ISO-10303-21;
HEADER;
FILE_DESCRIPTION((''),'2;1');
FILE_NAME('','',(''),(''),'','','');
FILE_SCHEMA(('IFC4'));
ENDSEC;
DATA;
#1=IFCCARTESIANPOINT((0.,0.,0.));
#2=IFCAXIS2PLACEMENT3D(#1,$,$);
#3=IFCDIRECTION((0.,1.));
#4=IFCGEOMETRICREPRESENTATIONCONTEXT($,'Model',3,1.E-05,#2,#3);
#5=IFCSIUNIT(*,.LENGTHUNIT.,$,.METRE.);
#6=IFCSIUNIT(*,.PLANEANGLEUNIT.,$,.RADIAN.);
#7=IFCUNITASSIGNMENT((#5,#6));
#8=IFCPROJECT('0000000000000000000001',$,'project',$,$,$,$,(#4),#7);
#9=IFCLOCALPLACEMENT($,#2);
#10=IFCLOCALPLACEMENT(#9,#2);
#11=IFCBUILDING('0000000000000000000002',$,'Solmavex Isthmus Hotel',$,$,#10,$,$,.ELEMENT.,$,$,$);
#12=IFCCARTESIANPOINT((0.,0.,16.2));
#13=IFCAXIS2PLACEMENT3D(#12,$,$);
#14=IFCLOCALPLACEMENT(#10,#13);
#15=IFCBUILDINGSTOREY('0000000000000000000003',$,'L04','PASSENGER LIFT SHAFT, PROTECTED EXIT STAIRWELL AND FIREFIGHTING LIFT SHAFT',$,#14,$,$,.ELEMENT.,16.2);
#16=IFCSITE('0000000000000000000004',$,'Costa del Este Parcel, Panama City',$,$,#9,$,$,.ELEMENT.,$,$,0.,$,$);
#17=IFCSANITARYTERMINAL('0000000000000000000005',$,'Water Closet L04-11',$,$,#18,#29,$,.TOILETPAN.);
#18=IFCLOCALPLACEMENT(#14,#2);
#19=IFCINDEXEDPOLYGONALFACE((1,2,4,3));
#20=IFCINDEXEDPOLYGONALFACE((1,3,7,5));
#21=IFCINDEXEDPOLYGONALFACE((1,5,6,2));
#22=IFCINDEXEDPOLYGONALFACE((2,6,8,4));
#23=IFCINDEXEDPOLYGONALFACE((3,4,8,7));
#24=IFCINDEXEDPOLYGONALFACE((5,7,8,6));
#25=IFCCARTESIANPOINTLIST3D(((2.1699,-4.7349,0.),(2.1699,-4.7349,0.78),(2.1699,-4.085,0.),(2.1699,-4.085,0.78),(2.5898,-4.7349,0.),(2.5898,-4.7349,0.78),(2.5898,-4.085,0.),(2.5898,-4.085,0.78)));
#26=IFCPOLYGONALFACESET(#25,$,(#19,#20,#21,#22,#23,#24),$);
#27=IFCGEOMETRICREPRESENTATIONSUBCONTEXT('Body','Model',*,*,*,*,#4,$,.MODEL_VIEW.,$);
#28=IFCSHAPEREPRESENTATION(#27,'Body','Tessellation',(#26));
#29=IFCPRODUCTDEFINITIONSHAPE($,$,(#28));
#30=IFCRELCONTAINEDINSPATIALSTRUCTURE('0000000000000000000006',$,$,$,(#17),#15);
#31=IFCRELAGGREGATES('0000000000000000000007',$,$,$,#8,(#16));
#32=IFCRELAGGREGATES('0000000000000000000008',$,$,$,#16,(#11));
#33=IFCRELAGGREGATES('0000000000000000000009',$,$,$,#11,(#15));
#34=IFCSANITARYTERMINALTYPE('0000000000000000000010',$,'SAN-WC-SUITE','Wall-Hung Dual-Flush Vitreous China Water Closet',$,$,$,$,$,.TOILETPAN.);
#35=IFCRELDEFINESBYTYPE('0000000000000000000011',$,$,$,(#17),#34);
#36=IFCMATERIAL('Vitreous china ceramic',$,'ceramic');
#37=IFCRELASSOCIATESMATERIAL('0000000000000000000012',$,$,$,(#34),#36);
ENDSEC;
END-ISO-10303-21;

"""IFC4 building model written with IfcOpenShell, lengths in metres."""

from ifc_helpers import new_model, si_unit, direction, frame, origin, origin_2d, place, context, subcontext, project, spatial, rectangle, extrude, material, type_object, element, save


model = new_model("IFC4")

# Units and contexts
model_context = context("Model", 3, precision=1e-05, world=origin(), true_north=direction((0.0, 1.0)))
body_context = subcontext(model_context, "Body", "Model", "MODEL_VIEW")
ifc_project = project(units=[si_unit("LENGTHUNIT", "METRE"), si_unit("PLANEANGLEUNIT", "RADIAN")], contexts=[model_context])

# Site, building, storey
site_placement = place(None, origin())
site = spatial("IfcSite", under=ifc_project, at=site_placement, Name="Costa del Este Parcel, Panama City", CompositionType="ELEMENT", RefElevation=0.0)
building_placement = place(site_placement, origin())
building = spatial("IfcBuilding", under=site, at=building_placement, Name="Solmavex Isthmus Hotel", CompositionType="ELEMENT")
storey_placement = place(building_placement, frame((0.0, 0.0, 16.2)))
storey = spatial("IfcBuildingStorey", under=building, at=storey_placement, Name="L04", Description="PASSENGER LIFT SHAFT, PROTECTED EXIT STAIRWELL AND FIREFIGHTING LIFT SHAFT", CompositionType="ELEMENT", Elevation=16.2)

# Sanitary terminal
ifc_material_1 = material(Name="Vitreous china ceramic", Category="ceramic")
sanitary_terminal_type_1 = type_object("IfcSanitaryTerminalType", Name="SAN-WC-SUITE", Description="Wall-Hung Dual-Flush Vitreous China Water Closet", PredefinedType="TOILETPAN", material=ifc_material_1)
sanitary_terminal_1_placement = place(storey_placement, frame((2.3799, -4.4099, 0.0), z_axis=(0.0, 0.0, 1.0), x_axis=(1.0, 0.0, 0.0)))
element("IfcSanitaryTerminal", 1, at=sanitary_terminal_1_placement, inside=storey, type_object=sanitary_terminal_type_1, Name="Water Closet L04-11", PredefinedType="TOILETPAN", context=body_context, shape_type="SweptSolid", body=[
    extrude(rectangle(XDim=0.4199, YDim=0.6499, at=origin_2d()), origin(), (0.0, 0.0, 1.0), 0.78),
])

save(model, "model.ifc")
